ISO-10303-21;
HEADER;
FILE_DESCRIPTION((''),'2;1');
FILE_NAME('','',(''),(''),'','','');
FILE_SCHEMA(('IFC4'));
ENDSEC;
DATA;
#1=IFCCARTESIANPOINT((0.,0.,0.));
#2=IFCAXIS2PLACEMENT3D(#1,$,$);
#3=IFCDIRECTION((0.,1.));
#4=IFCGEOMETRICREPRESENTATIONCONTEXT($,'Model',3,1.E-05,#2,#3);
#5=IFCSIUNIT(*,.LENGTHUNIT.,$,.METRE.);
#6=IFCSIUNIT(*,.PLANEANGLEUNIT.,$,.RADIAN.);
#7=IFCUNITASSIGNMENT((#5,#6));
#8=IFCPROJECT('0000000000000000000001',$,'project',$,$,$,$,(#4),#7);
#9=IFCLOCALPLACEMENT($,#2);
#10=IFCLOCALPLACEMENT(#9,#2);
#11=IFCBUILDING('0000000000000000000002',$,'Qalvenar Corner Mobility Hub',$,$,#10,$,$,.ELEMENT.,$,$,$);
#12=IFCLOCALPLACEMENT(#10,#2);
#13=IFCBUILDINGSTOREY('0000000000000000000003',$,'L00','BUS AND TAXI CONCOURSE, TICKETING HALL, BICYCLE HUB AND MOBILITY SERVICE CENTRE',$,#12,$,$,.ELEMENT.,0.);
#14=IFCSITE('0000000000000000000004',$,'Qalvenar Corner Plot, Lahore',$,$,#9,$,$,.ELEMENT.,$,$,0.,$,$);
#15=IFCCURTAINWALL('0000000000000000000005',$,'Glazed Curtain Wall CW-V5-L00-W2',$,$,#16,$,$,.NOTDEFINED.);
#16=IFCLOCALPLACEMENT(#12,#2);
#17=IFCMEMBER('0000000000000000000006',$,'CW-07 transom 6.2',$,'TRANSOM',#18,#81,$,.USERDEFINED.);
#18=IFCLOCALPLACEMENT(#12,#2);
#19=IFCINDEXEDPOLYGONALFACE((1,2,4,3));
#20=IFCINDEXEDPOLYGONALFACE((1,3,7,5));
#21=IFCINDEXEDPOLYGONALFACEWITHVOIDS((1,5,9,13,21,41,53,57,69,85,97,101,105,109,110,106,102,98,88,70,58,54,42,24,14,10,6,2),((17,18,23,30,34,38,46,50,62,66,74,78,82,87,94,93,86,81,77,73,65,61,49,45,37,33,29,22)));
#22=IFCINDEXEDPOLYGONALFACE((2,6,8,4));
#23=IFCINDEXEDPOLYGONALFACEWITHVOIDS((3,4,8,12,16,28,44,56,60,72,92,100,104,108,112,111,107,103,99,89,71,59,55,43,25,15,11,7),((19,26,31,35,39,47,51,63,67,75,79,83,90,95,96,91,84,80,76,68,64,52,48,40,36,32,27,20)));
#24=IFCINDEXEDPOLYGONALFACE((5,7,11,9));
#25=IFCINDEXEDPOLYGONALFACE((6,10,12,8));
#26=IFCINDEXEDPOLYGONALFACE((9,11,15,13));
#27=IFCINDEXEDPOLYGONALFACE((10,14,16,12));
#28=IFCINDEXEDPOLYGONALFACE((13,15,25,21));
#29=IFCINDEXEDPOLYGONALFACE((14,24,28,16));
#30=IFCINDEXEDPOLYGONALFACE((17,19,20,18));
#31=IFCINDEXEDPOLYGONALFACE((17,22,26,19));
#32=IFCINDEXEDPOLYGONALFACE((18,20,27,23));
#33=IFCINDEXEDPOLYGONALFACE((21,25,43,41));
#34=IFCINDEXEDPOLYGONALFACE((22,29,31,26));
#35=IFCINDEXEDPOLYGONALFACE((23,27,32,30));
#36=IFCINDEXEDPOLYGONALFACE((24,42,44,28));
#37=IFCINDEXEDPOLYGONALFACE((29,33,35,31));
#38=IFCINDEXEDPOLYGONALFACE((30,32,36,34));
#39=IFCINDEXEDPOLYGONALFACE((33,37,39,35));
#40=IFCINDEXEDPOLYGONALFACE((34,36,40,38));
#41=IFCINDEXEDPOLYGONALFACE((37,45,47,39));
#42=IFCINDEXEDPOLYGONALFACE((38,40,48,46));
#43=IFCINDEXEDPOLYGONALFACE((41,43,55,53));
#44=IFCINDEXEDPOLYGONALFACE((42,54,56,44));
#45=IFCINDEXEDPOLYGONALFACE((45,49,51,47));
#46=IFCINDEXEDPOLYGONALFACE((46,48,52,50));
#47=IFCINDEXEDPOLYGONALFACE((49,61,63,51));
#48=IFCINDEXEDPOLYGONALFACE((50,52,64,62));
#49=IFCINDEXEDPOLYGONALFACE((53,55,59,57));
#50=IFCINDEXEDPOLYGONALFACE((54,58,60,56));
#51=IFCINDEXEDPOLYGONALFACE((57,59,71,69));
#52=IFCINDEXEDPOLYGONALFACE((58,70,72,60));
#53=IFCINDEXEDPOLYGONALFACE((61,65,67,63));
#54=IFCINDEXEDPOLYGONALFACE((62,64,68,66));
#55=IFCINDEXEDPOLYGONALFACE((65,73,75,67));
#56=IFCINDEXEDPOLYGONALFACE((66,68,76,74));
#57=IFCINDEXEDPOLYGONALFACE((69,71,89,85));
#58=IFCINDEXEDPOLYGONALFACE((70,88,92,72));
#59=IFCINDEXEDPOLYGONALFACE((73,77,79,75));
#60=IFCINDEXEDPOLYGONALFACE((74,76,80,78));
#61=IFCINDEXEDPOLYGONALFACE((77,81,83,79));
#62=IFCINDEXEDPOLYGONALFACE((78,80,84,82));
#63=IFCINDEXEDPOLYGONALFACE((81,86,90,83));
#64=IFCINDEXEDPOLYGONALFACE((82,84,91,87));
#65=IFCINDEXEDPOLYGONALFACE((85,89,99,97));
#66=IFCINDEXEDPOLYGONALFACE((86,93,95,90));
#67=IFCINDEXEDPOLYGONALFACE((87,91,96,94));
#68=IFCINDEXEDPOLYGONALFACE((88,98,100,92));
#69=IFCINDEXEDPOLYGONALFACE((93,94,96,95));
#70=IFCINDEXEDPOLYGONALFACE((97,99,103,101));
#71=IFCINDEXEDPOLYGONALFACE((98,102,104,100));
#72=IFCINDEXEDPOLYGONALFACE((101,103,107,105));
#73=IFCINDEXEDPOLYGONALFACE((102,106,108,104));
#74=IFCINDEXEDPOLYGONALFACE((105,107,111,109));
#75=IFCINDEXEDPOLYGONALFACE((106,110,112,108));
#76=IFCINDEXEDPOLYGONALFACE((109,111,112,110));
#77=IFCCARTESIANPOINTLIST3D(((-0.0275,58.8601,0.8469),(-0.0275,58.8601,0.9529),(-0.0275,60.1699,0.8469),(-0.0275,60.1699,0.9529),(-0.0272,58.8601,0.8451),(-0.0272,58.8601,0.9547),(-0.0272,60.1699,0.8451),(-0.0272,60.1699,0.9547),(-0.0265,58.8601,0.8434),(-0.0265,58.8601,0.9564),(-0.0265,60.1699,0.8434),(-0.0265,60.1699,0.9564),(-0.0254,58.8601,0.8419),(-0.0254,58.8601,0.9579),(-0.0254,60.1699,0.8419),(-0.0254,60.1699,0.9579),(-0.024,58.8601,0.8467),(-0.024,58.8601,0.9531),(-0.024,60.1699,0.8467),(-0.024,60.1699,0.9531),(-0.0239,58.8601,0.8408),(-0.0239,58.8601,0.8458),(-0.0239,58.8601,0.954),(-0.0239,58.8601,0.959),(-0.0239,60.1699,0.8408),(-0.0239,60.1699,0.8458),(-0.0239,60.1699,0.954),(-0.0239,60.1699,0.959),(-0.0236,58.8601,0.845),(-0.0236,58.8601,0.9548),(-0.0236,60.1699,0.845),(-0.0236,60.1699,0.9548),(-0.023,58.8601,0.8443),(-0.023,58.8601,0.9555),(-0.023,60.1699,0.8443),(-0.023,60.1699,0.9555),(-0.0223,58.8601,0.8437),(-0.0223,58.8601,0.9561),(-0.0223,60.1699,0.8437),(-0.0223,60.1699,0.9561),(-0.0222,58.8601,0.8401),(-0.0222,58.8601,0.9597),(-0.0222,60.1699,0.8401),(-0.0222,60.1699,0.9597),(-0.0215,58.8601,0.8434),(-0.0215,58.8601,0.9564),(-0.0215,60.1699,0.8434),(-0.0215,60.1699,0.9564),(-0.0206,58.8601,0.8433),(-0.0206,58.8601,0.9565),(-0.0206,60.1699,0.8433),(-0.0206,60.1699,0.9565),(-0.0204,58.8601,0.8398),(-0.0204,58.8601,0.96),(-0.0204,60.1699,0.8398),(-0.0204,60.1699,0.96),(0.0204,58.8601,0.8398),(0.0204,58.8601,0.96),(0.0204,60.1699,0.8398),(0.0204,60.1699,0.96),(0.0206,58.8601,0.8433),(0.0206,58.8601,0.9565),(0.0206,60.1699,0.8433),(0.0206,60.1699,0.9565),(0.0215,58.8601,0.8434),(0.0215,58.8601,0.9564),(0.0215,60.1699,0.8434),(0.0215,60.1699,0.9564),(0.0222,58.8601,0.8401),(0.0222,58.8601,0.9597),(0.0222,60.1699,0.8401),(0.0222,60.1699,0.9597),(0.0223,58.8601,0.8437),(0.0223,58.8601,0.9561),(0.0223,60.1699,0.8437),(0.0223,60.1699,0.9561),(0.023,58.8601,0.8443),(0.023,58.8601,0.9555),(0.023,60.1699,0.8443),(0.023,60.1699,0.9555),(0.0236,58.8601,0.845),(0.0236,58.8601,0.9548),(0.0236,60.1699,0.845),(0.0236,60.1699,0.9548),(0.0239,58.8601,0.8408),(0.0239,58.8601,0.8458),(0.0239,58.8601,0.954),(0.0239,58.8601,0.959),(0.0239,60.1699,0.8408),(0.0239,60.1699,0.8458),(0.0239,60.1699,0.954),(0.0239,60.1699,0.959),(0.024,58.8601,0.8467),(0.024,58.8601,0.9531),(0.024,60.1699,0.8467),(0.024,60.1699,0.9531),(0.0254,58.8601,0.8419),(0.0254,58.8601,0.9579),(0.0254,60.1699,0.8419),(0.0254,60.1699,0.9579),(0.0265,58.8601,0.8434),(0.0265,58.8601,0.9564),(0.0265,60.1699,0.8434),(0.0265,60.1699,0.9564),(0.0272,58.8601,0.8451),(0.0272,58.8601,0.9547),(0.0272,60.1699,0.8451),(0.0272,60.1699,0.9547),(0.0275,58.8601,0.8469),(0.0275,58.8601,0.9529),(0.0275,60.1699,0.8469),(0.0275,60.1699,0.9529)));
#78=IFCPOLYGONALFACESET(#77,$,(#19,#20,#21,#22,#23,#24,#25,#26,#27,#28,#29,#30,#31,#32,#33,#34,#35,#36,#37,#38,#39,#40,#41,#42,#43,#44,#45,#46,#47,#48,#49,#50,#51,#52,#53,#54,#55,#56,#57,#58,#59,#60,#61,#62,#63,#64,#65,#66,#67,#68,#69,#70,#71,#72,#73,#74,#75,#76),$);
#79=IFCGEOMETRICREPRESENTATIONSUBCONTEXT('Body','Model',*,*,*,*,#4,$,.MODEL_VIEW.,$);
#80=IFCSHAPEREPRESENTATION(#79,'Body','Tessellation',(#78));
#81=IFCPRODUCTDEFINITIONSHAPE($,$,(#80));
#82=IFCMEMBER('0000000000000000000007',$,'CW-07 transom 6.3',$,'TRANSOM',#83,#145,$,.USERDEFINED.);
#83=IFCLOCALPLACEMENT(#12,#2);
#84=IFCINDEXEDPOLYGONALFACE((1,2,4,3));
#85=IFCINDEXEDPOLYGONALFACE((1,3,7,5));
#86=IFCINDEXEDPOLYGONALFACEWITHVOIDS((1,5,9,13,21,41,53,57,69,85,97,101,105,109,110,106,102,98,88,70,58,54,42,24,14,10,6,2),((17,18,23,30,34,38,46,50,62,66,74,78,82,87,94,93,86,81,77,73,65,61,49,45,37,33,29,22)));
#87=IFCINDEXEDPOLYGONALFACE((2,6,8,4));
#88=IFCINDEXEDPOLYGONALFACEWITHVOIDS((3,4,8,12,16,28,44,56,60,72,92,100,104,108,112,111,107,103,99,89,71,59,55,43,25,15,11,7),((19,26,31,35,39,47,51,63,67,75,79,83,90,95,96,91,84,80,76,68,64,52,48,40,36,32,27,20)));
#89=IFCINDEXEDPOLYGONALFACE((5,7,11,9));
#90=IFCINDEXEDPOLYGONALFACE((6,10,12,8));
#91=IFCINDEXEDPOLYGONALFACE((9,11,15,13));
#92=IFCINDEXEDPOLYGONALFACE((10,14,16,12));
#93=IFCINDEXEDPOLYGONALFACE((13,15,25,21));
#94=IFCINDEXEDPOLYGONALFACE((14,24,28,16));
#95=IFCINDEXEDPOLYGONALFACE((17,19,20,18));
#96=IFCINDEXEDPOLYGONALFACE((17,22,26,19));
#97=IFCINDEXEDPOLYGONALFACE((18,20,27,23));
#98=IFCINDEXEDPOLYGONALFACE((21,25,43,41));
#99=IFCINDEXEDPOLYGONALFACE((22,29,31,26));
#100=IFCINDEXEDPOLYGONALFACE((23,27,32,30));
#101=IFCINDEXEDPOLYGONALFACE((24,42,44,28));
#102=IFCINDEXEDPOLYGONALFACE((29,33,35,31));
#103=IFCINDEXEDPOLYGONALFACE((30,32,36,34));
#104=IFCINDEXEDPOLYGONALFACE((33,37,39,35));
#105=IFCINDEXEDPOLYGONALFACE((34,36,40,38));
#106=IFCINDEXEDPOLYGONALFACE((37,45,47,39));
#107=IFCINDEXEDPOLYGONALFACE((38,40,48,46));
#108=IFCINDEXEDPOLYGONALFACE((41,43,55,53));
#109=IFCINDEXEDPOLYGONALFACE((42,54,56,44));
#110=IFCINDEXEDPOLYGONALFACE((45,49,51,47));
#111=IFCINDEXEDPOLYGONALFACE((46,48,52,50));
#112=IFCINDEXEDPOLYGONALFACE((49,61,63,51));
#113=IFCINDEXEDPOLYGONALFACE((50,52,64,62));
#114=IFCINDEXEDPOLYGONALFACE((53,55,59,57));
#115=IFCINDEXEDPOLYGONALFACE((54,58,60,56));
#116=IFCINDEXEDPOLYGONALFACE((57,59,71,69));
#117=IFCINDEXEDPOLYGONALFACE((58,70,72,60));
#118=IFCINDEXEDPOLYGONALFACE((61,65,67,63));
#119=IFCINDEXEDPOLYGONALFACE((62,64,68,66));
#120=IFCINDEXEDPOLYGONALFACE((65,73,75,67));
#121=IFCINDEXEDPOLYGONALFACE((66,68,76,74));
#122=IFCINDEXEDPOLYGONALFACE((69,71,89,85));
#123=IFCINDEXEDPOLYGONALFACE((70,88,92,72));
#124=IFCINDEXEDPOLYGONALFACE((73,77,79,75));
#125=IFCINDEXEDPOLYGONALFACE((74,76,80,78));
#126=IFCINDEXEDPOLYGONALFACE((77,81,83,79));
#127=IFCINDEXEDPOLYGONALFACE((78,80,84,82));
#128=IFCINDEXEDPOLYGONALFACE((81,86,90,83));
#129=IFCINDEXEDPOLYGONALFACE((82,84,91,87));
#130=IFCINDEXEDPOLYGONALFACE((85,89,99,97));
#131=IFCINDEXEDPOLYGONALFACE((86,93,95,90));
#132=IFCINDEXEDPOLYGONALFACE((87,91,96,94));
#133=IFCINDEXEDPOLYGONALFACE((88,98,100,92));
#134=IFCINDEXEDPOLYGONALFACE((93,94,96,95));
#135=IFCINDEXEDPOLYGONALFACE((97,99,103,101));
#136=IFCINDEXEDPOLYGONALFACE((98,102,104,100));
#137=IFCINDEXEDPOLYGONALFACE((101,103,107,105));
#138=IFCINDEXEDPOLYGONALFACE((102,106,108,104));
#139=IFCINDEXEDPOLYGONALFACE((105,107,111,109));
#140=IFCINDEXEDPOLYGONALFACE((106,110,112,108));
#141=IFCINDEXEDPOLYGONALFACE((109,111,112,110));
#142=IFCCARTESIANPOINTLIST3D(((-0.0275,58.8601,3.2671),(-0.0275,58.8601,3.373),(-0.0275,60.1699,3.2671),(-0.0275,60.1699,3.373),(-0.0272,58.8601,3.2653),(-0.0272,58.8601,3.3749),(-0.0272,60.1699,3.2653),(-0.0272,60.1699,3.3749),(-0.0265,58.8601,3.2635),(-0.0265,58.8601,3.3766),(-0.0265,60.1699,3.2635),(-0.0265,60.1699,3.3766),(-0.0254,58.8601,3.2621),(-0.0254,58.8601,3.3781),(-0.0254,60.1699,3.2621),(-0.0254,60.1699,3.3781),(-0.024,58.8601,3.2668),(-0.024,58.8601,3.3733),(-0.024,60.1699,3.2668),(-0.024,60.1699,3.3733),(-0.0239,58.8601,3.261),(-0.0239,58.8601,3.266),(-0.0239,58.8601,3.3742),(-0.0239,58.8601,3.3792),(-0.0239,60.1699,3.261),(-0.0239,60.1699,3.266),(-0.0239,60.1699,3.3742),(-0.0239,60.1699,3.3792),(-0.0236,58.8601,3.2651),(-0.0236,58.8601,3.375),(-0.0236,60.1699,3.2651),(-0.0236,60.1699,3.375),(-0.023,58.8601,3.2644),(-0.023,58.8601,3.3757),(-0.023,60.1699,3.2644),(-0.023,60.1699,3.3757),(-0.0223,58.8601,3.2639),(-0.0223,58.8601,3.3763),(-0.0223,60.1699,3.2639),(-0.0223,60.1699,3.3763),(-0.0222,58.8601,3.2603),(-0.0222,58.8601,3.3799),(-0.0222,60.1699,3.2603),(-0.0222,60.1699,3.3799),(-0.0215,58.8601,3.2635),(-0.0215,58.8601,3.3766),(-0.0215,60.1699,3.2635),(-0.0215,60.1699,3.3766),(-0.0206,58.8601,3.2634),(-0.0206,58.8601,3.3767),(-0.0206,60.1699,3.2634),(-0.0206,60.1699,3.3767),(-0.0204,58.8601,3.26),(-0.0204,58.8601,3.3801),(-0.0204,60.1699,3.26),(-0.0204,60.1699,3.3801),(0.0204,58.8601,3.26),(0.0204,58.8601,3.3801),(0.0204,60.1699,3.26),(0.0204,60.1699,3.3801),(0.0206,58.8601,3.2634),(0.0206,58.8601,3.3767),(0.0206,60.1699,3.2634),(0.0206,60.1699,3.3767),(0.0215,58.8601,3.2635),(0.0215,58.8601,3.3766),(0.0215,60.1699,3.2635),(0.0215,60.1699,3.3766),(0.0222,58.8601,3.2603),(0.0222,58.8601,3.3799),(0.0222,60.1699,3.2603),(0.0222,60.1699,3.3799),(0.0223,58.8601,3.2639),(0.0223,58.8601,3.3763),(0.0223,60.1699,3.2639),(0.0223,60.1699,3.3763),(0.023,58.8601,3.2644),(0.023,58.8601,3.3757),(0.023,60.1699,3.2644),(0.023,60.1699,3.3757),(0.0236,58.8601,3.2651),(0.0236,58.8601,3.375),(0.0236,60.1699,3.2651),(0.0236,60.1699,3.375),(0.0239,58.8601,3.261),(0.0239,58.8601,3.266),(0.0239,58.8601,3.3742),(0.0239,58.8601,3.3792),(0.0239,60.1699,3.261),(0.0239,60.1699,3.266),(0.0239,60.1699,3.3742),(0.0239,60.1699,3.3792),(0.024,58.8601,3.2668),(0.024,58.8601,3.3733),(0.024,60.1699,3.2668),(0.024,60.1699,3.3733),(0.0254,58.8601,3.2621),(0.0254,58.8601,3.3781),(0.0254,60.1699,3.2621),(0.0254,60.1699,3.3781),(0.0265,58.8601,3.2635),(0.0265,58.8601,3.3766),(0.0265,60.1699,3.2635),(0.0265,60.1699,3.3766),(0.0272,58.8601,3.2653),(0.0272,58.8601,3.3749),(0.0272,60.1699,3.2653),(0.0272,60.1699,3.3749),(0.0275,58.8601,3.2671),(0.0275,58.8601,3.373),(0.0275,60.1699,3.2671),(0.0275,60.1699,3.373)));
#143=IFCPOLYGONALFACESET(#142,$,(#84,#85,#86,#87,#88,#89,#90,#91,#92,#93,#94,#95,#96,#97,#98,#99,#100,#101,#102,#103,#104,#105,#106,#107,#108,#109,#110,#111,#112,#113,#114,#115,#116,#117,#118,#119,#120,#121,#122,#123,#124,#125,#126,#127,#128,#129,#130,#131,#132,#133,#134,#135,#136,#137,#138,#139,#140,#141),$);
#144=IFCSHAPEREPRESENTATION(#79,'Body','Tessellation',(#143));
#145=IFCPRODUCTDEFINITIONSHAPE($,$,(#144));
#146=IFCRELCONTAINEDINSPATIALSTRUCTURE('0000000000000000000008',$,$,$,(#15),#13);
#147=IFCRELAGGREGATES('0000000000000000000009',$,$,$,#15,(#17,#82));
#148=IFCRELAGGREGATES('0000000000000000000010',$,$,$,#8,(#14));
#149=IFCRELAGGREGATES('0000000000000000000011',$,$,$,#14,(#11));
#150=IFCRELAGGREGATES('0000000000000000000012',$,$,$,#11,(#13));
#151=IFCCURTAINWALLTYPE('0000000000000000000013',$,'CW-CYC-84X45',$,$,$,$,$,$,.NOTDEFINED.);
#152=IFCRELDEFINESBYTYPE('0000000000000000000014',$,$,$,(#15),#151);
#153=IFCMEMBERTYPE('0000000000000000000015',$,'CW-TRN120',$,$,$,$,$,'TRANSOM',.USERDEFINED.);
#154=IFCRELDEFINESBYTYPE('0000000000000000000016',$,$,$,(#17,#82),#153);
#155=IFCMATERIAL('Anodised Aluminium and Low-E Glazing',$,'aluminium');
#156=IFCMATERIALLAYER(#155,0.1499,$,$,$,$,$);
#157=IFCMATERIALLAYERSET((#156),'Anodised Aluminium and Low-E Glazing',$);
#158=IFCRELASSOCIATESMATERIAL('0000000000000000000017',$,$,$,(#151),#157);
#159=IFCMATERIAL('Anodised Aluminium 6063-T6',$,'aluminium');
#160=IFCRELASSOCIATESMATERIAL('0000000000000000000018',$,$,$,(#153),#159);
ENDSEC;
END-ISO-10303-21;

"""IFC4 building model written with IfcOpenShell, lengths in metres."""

from ifc_helpers import new_model, si_unit, direction, frame, origin, origin_2d, place, context, subcontext, project, spatial, hollow_rectangle, extrude, material, layer, layer_set, material_profile, profile_set, type_object, element, aggregate, save


model = new_model("IFC4")

# Units and contexts
model_context = context("Model", 3, precision=1e-05, world=origin(), true_north=direction((0.0, 1.0)))
body_context = subcontext(model_context, "Body", "Model", "MODEL_VIEW")
ifc_project = project(units=[si_unit("LENGTHUNIT", "METRE"), si_unit("PLANEANGLEUNIT", "RADIAN")], contexts=[model_context])

# Site, building, storey
site_placement = place(None, origin())
site = spatial("IfcSite", under=ifc_project, at=site_placement, Name="Qalvenar Corner Plot, Lahore", CompositionType="ELEMENT", RefElevation=0.0)
building_placement = place(site_placement, origin())
building = spatial("IfcBuilding", under=site, at=building_placement, Name="Qalvenar Corner Mobility Hub", CompositionType="ELEMENT")
storey_placement = place(building_placement, origin())
storey = spatial("IfcBuildingStorey", under=building, at=storey_placement, Name="L00", Description="BUS AND TAXI CONCOURSE, TICKETING HALL, BICYCLE HUB AND MOBILITY SERVICE CENTRE", CompositionType="ELEMENT", Elevation=0.0)

# Curtain wall, members
ifc_material_1 = material(Name="Anodised Aluminium and Low-E Glazing", Category="aluminium")
ifc_layer_1 = layer(ifc_material_1, 0.1499)
ifc_layer_set_1 = layer_set([ifc_layer_1], Name="Anodised Aluminium and Low-E Glazing")
curtain_wall_type = type_object("IfcCurtainWallType", Name="CW-CYC-84X45", PredefinedType="NOTDEFINED", material=ifc_layer_set_1)
curtain_wall_placement = place(storey_placement, origin())
curtain_wall = element("IfcCurtainWall", 1, at=curtain_wall_placement, inside=storey, type_object=curtain_wall_type, Name="Glazed Curtain Wall CW-V5-L00-W2", PredefinedType="NOTDEFINED")
ifc_material_2 = material(Name="Anodised Aluminium 6063-T6", Category="aluminium")
ifc_material_profile_1 = material_profile(ifc_material_2, hollow_rectangle(XDim=0.0549, YDim=0.1201, WallThickness=0.0034, InnerFilletRadius=0.0034, OuterFilletRadius=0.0071, at=origin_2d()), Name="RHS120x55x3.5")
ifc_profile_set_1 = profile_set([ifc_material_profile_1], Name="Anodised Aluminium 6063-T6")
member_type_1 = type_object("IfcMemberType", Name="CW-TRN120", ElementType="TRANSOM", PredefinedType="USERDEFINED", material=ifc_profile_set_1)
member_1_placement = place(storey_placement, frame((0.0, 60.1699, 0.8999), z_axis=(0.0, -1.0, 0.0), x_axis=(1.0, 0.0, 0.0)))
member_1 = element("IfcMember", 2, at=member_1_placement, type_object=member_type_1, Name="CW-07 transom 6.2", ObjectType="TRANSOM", PredefinedType="USERDEFINED", context=body_context, shape_type="SweptSolid", body=[
    extrude(hollow_rectangle(XDim=0.0549, YDim=0.1201, WallThickness=0.0034, InnerFilletRadius=0.0034, OuterFilletRadius=0.0071, at=origin_2d()), origin(), (0.0, 0.0, 1.0), 1.3098),
])
member_2_placement = place(storey_placement, frame((0.0, 60.1699, 3.3201), z_axis=(0.0, -1.0, 0.0), x_axis=(1.0, 0.0, 0.0)))
member_2 = element("IfcMember", 3, at=member_2_placement, type_object=member_type_1, Name="CW-07 transom 6.3", ObjectType="TRANSOM", PredefinedType="USERDEFINED", context=body_context, shape_type="SweptSolid", body=[
    extrude(hollow_rectangle(XDim=0.0549, YDim=0.1201, WallThickness=0.0034, InnerFilletRadius=0.0034, OuterFilletRadius=0.0071, at=origin_2d()), origin(), (0.0, 0.0, 1.0), 1.3098),
])
aggregate(curtain_wall, [member_1, member_2])

save(model, "model.ifc")
